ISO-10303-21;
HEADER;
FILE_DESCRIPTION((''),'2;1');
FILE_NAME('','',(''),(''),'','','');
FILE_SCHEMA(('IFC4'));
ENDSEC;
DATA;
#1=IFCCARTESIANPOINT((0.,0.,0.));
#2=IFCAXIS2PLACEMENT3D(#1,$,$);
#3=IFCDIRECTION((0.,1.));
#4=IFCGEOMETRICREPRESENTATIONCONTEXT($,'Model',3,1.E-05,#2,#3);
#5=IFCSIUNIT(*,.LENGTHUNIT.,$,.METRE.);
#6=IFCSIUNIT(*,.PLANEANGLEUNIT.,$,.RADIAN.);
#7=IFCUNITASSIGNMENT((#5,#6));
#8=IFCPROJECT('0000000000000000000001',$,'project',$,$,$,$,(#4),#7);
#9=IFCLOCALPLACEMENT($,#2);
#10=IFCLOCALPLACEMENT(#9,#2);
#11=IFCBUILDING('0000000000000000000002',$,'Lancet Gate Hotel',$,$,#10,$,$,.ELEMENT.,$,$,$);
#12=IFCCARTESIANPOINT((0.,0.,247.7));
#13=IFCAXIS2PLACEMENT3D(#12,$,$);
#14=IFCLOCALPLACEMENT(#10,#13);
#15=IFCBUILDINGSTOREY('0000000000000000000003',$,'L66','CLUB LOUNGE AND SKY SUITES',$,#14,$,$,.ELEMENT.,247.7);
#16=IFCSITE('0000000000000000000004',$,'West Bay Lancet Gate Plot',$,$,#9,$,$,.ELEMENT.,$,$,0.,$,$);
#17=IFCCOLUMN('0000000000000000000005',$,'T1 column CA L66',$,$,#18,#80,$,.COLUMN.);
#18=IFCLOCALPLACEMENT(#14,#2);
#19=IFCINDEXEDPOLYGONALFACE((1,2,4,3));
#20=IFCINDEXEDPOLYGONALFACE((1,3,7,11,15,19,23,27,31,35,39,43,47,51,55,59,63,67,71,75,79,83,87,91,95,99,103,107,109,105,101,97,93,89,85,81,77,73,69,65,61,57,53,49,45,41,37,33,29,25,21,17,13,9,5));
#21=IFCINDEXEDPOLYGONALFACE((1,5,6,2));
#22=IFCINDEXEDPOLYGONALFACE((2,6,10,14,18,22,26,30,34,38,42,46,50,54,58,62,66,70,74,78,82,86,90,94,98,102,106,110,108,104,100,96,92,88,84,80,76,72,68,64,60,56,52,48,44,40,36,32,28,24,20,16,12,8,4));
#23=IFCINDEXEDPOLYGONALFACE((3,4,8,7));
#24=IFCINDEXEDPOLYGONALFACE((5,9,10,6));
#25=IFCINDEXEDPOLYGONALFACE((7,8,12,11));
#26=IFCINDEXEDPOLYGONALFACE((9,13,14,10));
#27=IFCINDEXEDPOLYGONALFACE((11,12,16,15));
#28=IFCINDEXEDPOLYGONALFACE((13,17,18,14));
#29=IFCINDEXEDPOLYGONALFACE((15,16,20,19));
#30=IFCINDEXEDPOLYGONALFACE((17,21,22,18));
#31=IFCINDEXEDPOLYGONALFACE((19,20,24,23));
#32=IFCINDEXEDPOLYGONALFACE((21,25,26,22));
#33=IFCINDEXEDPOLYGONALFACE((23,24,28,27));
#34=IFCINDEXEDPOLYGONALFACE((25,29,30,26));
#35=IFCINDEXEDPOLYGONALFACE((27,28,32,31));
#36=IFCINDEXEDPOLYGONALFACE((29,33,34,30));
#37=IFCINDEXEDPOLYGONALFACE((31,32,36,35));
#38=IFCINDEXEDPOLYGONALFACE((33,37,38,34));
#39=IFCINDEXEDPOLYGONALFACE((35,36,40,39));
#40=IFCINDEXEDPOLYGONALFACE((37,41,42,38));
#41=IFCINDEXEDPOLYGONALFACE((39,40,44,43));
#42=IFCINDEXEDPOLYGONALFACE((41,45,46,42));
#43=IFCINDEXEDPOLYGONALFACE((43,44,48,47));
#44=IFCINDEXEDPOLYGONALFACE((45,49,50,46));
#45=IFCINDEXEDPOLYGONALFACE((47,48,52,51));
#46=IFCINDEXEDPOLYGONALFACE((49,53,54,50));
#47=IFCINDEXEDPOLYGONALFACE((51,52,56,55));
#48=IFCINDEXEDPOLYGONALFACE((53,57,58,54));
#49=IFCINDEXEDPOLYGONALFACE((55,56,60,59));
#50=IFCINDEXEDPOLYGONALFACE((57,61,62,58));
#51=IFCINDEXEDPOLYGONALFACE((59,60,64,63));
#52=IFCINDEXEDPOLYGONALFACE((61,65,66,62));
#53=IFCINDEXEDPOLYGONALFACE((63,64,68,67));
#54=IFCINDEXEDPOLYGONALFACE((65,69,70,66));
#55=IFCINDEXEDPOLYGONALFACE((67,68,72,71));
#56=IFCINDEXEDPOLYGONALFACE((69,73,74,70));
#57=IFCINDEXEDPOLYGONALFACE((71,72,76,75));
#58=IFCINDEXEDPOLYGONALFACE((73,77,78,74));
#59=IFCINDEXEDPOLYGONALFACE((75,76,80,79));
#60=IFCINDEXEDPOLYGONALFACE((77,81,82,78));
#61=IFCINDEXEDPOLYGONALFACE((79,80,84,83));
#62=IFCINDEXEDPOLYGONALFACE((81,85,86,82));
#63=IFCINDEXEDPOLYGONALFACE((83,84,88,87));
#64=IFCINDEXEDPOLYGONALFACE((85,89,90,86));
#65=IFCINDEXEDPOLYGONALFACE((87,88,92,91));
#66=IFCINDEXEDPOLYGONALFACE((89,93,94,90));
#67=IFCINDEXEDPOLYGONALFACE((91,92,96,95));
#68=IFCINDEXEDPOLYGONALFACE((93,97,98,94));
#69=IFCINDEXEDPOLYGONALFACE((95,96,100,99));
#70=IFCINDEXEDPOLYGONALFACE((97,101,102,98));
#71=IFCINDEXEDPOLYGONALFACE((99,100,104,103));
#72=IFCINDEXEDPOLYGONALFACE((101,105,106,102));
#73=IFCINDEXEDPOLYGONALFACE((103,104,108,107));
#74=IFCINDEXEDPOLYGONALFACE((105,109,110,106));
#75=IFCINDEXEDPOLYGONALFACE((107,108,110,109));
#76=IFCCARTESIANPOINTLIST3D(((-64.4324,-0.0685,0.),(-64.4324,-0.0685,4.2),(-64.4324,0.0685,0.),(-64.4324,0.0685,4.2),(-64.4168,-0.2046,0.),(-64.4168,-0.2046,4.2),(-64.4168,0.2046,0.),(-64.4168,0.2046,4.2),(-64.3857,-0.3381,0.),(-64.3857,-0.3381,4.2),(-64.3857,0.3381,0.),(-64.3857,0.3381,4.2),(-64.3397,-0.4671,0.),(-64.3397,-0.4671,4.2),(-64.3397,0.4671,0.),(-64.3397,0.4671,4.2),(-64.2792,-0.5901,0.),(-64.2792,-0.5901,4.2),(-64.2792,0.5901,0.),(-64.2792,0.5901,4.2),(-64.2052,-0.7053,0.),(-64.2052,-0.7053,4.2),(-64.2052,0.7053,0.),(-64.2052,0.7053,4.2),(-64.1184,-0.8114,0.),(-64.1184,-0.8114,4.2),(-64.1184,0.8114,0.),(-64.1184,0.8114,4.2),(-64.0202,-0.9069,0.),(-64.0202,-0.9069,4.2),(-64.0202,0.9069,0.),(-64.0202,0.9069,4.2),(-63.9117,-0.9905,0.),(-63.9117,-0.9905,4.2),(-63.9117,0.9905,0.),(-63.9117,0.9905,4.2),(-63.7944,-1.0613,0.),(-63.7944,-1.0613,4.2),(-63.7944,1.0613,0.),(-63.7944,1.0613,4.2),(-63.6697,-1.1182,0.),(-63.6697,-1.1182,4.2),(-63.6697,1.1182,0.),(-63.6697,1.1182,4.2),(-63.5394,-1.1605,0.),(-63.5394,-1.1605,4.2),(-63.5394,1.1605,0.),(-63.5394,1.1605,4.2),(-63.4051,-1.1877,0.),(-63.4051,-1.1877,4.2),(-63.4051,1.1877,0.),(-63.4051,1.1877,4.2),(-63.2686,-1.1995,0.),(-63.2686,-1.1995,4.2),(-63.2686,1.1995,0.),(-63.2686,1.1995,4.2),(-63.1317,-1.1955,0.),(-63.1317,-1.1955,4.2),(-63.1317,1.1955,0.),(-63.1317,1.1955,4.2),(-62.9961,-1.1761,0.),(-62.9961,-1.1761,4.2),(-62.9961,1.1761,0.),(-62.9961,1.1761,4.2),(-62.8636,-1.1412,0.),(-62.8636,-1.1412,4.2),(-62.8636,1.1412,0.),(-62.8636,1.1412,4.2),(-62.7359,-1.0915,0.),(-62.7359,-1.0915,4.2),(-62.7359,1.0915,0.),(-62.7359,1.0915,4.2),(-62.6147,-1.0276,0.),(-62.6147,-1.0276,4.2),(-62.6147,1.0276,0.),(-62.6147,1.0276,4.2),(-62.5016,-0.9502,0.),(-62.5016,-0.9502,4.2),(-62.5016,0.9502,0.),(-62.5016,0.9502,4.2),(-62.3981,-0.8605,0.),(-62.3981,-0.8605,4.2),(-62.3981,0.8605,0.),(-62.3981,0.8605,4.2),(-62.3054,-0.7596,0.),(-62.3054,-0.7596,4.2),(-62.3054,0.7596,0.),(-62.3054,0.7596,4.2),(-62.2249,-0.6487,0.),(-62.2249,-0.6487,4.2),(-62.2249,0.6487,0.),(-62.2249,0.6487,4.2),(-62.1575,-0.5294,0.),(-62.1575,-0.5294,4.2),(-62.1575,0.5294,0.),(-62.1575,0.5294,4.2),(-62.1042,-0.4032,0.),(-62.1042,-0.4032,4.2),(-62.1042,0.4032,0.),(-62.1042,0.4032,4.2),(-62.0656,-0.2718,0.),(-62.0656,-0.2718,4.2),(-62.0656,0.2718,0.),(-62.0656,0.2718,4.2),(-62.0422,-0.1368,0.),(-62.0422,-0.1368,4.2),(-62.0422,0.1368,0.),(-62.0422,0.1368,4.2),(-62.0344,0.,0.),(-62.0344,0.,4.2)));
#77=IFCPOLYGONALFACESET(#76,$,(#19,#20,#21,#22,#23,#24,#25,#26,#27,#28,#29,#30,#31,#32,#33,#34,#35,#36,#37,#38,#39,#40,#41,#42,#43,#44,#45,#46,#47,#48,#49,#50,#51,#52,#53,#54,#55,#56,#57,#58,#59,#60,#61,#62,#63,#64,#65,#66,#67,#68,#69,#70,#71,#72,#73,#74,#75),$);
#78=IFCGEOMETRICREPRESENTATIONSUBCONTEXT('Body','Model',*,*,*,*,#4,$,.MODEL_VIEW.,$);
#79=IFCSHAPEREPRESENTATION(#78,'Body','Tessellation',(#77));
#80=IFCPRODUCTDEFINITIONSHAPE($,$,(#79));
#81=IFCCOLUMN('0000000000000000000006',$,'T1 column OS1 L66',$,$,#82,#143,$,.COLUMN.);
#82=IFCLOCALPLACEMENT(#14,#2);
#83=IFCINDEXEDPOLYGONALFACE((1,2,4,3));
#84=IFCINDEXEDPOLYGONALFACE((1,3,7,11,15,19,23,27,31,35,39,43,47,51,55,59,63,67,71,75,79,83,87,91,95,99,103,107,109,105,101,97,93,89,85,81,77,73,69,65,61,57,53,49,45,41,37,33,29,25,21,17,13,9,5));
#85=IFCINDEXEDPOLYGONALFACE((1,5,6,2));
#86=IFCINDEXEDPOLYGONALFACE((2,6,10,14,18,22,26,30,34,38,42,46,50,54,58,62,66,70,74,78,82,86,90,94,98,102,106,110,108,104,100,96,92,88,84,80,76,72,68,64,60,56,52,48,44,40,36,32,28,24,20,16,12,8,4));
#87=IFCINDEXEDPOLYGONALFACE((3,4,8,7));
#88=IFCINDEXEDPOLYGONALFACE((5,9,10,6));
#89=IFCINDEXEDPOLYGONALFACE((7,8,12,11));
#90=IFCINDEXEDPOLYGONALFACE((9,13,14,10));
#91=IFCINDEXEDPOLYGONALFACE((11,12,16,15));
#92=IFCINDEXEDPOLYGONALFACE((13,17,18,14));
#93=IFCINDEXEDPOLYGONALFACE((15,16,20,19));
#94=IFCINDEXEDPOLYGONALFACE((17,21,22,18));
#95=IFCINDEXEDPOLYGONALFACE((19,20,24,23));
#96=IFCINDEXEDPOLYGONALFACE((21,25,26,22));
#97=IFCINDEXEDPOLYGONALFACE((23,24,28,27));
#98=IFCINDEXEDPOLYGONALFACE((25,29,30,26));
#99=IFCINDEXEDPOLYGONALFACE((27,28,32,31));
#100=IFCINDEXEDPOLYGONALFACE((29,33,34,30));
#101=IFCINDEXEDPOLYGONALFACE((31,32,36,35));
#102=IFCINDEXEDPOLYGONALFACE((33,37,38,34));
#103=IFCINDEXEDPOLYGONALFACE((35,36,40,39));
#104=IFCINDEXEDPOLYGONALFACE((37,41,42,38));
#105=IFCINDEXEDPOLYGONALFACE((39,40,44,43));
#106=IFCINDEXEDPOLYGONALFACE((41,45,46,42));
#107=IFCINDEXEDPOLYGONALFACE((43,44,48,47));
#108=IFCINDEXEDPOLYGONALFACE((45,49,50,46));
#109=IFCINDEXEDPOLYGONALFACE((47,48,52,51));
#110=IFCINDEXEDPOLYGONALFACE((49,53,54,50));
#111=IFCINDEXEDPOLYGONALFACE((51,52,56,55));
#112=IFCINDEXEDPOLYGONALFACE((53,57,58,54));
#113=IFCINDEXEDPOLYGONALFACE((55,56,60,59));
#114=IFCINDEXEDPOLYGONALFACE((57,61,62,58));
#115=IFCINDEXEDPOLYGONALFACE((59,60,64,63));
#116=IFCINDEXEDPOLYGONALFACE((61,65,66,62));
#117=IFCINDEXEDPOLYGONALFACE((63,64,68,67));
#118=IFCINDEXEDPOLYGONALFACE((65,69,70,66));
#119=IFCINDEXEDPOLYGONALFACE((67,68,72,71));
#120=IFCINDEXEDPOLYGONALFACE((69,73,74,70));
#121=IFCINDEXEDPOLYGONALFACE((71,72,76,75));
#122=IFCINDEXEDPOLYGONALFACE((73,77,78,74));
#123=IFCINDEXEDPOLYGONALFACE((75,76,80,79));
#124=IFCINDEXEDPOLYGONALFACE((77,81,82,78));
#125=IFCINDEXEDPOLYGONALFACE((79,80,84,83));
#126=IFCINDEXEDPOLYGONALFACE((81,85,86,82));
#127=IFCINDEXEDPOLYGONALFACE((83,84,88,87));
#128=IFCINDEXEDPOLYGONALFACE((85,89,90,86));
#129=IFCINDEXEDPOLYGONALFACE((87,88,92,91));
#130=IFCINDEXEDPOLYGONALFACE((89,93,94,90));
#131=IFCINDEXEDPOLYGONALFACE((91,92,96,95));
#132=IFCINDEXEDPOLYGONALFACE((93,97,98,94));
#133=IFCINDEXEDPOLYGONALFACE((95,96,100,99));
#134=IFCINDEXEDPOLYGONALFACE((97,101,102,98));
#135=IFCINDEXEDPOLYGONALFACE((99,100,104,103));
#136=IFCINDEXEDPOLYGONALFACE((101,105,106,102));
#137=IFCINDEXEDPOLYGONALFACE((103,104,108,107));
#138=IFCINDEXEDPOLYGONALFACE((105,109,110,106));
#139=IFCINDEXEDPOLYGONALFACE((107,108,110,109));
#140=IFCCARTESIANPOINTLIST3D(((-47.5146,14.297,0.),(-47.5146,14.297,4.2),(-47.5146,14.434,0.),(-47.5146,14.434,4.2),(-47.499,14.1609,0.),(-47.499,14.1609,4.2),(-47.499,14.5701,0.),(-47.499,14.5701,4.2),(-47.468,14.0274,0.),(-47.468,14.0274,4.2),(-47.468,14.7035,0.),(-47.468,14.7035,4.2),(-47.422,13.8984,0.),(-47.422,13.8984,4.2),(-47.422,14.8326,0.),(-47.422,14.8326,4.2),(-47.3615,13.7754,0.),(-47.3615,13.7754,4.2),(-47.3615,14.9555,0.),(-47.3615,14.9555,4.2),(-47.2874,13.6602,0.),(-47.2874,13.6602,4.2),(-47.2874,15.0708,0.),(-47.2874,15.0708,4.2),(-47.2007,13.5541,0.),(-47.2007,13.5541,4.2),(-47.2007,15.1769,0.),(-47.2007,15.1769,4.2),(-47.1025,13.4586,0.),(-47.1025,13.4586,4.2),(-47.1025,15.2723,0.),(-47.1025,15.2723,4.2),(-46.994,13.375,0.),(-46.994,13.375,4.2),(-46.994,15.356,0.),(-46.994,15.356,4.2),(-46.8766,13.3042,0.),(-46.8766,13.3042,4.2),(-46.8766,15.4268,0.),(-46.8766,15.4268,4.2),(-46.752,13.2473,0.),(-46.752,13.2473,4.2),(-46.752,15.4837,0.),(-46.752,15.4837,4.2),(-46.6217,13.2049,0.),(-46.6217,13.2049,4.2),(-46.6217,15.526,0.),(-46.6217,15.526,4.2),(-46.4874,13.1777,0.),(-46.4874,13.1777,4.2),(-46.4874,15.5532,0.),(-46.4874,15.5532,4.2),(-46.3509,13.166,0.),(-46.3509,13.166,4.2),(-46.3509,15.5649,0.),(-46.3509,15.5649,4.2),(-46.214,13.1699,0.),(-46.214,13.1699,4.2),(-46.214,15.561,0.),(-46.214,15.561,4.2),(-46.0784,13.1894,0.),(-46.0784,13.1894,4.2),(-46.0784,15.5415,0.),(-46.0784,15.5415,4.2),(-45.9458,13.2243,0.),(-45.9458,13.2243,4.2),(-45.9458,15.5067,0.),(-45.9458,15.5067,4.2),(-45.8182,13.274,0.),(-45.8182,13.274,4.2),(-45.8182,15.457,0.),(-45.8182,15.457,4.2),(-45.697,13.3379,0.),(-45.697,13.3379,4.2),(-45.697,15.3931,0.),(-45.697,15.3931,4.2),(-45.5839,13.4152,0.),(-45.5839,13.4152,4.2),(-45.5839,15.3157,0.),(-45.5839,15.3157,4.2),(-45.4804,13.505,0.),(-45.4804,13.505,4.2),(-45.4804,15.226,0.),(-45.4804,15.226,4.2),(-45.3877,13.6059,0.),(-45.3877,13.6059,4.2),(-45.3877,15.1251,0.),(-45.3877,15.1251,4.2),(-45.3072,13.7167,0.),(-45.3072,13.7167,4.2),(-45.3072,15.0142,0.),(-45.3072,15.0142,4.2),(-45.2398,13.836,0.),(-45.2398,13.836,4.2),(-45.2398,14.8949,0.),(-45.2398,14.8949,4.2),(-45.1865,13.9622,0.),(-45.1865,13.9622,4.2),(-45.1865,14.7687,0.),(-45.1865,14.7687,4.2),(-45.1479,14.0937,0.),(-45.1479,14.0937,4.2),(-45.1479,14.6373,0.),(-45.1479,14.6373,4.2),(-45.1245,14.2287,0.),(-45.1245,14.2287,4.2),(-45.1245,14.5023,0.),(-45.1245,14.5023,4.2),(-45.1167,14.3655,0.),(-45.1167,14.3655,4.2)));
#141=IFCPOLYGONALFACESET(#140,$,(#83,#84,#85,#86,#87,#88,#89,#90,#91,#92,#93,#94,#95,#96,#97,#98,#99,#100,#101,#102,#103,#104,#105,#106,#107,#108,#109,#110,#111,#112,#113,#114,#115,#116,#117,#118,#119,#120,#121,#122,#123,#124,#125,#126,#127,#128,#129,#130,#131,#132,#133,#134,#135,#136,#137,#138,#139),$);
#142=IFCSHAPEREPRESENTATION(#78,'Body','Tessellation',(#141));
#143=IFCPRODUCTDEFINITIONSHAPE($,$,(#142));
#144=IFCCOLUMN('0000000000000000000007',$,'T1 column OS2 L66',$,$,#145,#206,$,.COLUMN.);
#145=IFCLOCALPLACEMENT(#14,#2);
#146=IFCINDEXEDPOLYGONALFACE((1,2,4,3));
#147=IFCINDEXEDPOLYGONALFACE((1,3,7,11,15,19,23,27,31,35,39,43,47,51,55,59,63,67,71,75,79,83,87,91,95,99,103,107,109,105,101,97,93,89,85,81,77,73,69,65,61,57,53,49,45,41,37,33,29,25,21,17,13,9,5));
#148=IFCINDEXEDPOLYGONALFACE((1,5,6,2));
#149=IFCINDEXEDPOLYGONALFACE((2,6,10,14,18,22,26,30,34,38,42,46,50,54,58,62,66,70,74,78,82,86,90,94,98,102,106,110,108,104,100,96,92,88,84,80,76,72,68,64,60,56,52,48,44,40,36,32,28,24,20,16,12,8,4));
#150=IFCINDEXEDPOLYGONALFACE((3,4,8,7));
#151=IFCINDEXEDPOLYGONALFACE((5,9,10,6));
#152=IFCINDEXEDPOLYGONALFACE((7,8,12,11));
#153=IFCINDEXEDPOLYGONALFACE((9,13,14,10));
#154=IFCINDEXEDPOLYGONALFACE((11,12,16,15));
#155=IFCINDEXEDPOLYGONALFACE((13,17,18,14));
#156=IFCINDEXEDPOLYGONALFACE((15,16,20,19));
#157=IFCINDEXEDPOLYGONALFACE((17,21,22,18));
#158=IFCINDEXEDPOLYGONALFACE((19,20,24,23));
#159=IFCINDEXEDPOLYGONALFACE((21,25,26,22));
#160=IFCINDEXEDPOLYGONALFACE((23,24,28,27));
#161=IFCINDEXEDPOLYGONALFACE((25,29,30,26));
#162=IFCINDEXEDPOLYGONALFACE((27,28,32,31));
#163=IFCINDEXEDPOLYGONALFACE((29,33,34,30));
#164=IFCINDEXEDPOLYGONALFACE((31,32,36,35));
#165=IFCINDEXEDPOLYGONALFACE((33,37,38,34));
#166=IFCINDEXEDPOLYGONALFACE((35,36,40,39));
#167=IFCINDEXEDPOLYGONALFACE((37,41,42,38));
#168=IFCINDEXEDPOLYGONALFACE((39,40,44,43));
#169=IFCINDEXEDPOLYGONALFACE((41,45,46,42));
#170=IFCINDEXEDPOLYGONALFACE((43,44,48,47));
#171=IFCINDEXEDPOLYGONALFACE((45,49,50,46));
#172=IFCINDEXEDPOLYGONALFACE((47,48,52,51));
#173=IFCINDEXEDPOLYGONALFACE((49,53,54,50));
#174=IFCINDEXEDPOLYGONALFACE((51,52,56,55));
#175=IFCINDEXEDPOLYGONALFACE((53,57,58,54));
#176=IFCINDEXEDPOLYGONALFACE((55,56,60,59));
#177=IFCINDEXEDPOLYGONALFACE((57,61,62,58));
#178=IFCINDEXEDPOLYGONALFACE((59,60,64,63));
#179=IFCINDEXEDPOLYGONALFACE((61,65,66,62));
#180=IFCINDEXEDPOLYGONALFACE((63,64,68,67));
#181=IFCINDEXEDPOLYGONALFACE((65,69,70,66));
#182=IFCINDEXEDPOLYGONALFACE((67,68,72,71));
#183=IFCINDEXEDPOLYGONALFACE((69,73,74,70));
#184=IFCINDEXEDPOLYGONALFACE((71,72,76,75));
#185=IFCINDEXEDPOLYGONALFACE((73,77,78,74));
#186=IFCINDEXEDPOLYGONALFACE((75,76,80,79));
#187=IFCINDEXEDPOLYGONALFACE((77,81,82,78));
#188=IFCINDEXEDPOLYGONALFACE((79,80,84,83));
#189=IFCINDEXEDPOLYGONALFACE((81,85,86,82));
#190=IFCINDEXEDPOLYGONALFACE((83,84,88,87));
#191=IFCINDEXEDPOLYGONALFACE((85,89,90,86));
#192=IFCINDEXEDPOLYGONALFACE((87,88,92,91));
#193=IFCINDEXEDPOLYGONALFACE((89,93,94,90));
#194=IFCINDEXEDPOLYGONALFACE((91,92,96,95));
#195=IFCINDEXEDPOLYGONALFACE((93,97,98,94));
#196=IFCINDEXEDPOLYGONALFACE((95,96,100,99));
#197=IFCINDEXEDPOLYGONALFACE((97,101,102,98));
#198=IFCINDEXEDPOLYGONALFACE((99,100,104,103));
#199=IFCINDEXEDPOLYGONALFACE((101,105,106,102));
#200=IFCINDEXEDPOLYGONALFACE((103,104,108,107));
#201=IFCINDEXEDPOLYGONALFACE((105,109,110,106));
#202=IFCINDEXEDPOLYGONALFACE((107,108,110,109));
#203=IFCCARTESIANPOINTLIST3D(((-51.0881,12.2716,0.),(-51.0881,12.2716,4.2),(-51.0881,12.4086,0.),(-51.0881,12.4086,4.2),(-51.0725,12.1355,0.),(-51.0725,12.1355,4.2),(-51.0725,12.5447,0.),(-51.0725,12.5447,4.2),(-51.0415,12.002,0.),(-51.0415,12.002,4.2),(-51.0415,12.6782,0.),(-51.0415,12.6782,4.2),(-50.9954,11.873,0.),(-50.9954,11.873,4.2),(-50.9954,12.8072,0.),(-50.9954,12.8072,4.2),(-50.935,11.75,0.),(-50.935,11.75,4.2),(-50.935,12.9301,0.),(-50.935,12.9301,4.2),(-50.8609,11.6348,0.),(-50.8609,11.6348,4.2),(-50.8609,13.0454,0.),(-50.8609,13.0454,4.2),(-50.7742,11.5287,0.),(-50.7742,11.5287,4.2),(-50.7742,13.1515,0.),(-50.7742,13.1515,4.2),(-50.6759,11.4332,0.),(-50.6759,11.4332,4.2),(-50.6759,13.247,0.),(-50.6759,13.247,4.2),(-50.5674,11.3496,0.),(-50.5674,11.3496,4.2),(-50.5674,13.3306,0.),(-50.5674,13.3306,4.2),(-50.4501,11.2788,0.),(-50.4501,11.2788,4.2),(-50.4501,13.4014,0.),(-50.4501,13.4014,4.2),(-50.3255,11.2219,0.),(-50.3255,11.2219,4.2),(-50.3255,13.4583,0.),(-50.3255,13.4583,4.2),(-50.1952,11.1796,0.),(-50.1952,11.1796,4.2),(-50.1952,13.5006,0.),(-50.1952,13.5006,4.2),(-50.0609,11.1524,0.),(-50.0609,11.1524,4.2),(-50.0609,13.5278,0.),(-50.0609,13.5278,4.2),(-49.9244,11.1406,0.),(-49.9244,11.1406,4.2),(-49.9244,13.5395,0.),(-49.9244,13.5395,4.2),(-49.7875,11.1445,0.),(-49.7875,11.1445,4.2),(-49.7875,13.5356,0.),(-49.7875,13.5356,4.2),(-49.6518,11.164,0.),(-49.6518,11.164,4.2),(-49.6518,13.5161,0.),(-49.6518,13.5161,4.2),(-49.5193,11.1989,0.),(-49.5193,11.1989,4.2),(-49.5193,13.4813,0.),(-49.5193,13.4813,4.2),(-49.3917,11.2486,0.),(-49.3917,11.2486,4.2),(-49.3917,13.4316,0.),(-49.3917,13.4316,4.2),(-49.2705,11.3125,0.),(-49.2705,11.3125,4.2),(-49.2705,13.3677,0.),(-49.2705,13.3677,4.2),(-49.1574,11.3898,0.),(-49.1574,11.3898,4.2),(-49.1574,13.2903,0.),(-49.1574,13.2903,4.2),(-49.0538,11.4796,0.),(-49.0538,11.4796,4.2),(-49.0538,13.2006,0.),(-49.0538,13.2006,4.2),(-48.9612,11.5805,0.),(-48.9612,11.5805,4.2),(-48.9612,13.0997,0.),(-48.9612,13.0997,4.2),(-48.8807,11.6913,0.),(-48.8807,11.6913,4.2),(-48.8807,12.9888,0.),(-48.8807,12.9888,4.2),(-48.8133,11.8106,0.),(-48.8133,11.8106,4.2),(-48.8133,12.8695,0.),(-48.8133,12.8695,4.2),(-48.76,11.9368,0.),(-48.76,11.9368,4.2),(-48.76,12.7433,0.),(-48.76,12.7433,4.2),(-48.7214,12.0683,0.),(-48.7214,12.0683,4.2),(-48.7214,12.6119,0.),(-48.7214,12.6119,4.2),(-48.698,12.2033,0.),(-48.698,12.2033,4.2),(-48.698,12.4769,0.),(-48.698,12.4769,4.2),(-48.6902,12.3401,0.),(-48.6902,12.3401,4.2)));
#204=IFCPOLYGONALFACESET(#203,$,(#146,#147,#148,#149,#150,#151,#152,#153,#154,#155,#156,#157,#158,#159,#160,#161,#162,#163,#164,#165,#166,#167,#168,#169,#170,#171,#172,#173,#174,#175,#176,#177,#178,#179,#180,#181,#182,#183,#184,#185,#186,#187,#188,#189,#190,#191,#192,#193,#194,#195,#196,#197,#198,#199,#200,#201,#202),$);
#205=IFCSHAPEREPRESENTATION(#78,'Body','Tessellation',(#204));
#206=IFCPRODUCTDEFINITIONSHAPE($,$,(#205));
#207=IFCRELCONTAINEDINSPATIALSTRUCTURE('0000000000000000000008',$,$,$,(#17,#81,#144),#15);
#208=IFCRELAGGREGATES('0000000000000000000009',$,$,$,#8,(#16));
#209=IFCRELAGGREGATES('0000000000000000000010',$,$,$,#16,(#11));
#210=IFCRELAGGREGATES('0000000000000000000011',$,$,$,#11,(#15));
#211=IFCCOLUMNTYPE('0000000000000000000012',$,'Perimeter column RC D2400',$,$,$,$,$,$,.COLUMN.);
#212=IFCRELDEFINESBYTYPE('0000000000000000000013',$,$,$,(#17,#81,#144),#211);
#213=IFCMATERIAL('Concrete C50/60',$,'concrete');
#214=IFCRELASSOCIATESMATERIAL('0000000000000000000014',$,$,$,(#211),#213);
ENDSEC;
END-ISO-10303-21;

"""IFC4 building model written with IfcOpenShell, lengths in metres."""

from ifc_helpers import new_model, si_unit, direction, frame, origin, origin_2d, place, context, subcontext, project, spatial, circle, extrude, material, material_profile, profile_set, type_object, element, save


model = new_model("IFC4")

# Units and contexts
model_context = context("Model", 3, precision=1e-05, world=origin(), true_north=direction((0.0, 1.0)))
body_context = subcontext(model_context, "Body", "Model", "MODEL_VIEW")
ifc_project = project(units=[si_unit("LENGTHUNIT", "METRE"), si_unit("PLANEANGLEUNIT", "RADIAN")], contexts=[model_context])

# Site, building, storey
site_placement = place(None, origin())
site = spatial("IfcSite", under=ifc_project, at=site_placement, Name="West Bay Lancet Gate Plot", CompositionType="ELEMENT", RefElevation=0.0)
building_placement = place(site_placement, origin())
building = spatial("IfcBuilding", under=site, at=building_placement, Name="Lancet Gate Hotel", CompositionType="ELEMENT")
storey_placement = place(building_placement, frame((0.0, 0.0, 247.7)))
storey = spatial("IfcBuildingStorey", under=building, at=storey_placement, Name="L66", Description="CLUB LOUNGE AND SKY SUITES", CompositionType="ELEMENT", Elevation=247.7)

# Columns
ifc_material_1 = material(Name="Concrete C50/60", Category="concrete")
ifc_material_profile_1 = material_profile(ifc_material_1, circle(Radius=1.2, at=origin_2d()), Name="RC D2400")
ifc_profile_set_1 = profile_set([ifc_material_profile_1], Name="Concrete C50/60")
column_type = type_object("IfcColumnType", Name="Perimeter column RC D2400", PredefinedType="COLUMN", material=ifc_profile_set_1)
for number, where, z_axis, x_axis, name in (
    (1, (-63.2344, 0.0, 0.0), (0.0, 0.0, 1.0), (1.0, 0.0, 0.0), "T1 column CA L66"),
    (2, (-46.3167, 14.3655, 0.0), (0.0, 0.0, 1.0), (1.0, 0.0, 0.0), "T1 column OS1 L66"),
    (3, (-49.8901, 12.3401, 0.0), (0.0, 0.0, 1.0), (1.0, 0.0, 0.0), "T1 column OS2 L66"),
):
    element("IfcColumn", number, at=place(storey_placement, frame(where, z_axis=z_axis, x_axis=x_axis)), inside=storey, type_object=column_type, Name=name, PredefinedType="COLUMN", context=body_context, shape_type="SweptSolid", body=[
        extrude(circle(Radius=1.2, at=origin_2d()), origin(), (0.0, 0.0, 1.0), 4.2),
    ])

save(model, "model.ifc")
